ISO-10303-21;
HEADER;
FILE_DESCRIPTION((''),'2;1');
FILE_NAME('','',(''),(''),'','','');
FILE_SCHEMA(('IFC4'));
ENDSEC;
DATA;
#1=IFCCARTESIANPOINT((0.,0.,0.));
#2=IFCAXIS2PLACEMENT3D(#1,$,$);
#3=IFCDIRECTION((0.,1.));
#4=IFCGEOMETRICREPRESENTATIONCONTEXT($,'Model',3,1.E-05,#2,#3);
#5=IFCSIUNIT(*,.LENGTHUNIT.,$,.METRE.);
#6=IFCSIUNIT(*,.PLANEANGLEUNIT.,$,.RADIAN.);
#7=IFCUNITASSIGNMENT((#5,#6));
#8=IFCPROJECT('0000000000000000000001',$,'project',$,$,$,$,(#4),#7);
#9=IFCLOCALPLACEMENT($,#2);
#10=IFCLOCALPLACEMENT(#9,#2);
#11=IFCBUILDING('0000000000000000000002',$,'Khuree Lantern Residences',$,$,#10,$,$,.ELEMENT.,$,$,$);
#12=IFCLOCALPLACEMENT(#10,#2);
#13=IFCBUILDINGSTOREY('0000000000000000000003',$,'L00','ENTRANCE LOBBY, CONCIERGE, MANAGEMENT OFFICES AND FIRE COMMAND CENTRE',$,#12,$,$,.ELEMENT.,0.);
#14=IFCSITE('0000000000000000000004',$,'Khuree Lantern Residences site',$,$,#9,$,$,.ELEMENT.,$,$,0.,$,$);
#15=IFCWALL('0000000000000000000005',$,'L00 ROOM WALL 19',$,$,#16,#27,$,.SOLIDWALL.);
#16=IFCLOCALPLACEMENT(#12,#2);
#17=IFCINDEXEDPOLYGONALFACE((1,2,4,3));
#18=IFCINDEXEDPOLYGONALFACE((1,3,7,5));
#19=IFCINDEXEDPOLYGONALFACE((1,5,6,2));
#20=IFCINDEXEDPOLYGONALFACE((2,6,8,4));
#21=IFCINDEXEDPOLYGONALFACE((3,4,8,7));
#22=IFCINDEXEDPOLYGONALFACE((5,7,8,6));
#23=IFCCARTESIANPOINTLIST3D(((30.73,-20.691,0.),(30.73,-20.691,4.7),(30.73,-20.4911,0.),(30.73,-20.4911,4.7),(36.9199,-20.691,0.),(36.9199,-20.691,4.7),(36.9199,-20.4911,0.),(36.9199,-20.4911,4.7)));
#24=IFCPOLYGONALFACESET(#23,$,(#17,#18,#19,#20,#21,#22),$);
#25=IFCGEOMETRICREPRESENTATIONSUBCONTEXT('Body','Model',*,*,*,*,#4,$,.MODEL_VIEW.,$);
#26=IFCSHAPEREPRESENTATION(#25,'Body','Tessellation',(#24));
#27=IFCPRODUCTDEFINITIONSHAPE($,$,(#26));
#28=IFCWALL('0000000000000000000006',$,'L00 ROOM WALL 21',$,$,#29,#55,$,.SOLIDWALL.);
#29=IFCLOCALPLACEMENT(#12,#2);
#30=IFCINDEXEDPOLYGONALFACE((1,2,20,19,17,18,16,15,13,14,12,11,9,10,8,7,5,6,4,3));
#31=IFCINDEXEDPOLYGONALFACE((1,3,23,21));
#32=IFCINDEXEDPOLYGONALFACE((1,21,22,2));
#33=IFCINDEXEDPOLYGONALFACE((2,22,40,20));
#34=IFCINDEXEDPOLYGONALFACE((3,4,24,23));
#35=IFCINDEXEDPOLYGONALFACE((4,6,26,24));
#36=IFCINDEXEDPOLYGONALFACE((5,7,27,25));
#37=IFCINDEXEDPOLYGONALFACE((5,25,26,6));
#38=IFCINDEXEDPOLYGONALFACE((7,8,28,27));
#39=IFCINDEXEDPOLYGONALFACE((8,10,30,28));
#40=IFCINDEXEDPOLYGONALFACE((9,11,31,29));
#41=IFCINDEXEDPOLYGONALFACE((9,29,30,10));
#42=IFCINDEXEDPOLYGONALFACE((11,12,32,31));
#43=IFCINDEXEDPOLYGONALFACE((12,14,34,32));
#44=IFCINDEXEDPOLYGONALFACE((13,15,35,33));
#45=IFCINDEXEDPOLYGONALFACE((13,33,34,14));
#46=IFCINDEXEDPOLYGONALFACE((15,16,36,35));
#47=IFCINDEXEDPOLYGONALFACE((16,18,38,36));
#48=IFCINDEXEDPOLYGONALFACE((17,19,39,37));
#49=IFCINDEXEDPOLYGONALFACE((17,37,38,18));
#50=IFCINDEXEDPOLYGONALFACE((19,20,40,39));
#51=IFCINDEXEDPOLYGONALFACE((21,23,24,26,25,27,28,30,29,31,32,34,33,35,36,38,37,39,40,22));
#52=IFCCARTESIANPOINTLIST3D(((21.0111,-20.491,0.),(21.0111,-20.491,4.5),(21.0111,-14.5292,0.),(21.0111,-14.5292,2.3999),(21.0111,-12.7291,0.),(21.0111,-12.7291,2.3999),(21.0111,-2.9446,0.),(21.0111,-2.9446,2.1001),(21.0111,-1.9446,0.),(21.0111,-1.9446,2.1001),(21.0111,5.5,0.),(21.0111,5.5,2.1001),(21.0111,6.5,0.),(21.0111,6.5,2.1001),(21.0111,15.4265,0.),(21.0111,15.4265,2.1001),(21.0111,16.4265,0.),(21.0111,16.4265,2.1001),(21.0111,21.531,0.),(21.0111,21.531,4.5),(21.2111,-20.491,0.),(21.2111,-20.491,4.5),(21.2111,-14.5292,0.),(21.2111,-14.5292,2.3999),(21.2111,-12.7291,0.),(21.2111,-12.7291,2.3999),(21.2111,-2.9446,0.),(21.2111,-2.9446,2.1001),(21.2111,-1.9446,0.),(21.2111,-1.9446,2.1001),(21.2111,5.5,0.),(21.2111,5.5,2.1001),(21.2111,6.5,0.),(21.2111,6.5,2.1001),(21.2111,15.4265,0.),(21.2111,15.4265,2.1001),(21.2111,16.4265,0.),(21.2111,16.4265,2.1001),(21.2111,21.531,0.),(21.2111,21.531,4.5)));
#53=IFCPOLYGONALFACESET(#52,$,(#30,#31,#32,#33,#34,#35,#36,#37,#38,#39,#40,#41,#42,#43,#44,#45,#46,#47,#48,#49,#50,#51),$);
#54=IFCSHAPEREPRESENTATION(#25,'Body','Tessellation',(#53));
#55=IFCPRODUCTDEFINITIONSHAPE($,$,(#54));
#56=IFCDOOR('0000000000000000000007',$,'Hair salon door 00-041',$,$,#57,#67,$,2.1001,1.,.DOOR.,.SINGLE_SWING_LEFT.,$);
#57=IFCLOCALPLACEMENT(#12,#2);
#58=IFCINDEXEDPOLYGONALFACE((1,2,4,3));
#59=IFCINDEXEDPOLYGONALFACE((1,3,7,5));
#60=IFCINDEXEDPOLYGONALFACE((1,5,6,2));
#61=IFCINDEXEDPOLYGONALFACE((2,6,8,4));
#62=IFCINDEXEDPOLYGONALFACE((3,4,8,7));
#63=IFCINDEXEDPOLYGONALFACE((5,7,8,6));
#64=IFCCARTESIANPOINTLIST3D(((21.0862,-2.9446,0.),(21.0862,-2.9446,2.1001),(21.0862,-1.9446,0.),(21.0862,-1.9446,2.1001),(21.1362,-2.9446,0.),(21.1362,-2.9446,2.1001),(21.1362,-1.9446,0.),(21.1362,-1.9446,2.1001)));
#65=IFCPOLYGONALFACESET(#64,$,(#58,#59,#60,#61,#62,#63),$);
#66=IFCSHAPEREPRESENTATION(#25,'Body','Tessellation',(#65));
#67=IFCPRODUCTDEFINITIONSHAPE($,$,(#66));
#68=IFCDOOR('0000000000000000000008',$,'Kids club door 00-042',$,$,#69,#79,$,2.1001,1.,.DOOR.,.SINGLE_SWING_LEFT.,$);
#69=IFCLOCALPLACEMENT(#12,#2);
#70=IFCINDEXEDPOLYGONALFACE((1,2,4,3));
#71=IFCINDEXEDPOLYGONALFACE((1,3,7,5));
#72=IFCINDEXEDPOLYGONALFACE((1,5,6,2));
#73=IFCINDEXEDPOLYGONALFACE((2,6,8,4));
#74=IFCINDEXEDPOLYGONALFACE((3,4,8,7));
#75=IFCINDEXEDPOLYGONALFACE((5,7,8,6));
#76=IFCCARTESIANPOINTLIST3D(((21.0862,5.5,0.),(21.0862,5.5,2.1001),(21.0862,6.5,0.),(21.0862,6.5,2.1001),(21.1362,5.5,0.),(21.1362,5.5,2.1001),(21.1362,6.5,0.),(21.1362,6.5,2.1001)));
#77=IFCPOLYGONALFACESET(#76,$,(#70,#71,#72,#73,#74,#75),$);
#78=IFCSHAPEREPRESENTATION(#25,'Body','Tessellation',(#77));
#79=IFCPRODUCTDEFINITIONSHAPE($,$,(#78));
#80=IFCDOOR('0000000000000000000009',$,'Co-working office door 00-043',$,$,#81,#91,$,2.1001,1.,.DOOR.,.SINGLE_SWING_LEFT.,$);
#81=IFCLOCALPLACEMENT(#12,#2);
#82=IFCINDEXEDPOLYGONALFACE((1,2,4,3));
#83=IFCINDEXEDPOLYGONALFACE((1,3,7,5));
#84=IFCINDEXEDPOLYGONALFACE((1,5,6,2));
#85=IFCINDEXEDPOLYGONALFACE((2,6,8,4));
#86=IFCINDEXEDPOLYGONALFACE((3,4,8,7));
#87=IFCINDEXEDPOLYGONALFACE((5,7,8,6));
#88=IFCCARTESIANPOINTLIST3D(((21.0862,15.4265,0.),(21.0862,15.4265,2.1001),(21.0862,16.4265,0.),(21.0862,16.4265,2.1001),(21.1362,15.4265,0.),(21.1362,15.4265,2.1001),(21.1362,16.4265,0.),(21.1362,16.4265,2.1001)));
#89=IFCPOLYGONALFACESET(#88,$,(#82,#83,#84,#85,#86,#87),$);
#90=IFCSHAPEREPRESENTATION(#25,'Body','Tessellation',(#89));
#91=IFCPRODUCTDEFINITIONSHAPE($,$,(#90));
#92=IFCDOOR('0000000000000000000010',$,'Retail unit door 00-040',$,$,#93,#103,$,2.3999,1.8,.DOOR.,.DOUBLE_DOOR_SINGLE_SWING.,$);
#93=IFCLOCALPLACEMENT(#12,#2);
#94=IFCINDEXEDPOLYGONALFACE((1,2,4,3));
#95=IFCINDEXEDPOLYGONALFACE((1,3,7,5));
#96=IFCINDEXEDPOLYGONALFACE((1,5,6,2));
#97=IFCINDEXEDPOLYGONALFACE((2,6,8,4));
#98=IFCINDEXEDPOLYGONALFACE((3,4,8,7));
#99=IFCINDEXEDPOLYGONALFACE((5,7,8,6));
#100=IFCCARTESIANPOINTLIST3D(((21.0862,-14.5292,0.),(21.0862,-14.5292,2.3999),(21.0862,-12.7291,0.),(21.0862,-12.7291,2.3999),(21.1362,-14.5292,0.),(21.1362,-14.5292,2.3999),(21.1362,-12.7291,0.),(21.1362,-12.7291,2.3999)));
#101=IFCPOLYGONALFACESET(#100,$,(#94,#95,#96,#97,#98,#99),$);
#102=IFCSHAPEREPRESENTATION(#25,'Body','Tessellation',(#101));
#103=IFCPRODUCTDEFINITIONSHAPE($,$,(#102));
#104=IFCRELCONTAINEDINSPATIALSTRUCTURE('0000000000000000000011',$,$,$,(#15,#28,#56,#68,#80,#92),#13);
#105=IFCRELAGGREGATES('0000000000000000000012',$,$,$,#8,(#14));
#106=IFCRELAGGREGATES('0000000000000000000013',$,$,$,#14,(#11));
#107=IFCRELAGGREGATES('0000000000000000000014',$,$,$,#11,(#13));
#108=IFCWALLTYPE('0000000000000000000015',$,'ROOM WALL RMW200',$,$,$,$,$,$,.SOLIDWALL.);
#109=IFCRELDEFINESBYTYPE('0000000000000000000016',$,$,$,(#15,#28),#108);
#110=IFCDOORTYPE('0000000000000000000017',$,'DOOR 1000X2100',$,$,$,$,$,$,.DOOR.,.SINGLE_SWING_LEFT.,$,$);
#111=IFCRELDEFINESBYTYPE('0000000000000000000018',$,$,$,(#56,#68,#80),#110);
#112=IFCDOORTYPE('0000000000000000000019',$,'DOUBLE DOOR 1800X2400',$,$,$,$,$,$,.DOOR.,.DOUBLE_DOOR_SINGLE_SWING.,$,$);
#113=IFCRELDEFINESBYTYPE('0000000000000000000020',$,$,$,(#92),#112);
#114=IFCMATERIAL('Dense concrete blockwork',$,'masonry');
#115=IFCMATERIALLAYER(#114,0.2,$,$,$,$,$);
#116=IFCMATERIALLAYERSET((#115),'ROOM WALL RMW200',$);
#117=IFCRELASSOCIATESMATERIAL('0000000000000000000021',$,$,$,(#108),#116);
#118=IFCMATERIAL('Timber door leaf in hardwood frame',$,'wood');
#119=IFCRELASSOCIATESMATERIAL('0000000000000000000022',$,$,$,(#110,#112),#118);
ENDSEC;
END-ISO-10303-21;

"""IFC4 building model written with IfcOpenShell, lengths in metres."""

from ifc_helpers import new_model, si_unit, direction, frame, frame_2d, origin, place, context, subcontext, project, spatial, rectangle, extrude, material, layer, layer_set, type_object, element, fill, save


model = new_model("IFC4")

# Units and contexts
model_context = context("Model", 3, precision=1e-05, world=origin(), true_north=direction((0.0, 1.0)))
body_context = subcontext(model_context, "Body", "Model", "MODEL_VIEW")
ifc_project = project(units=[si_unit("LENGTHUNIT", "METRE"), si_unit("PLANEANGLEUNIT", "RADIAN")], contexts=[model_context])

# Site, building, storey
site_placement = place(None, origin())
site = spatial("IfcSite", under=ifc_project, at=site_placement, Name="Khuree Lantern Residences site", CompositionType="ELEMENT", RefElevation=0.0)
building_placement = place(site_placement, origin())
building = spatial("IfcBuilding", under=site, at=building_placement, Name="Khuree Lantern Residences", CompositionType="ELEMENT")
storey_placement = place(building_placement, origin())
storey = spatial("IfcBuildingStorey", under=building, at=storey_placement, Name="L00", Description="ENTRANCE LOBBY, CONCIERGE, MANAGEMENT OFFICES AND FIRE COMMAND CENTRE", CompositionType="ELEMENT", Elevation=0.0)

# Shared definitions
ifc_material_1 = material(Name="Dense concrete blockwork", Category="masonry")
ifc_layer = layer(ifc_material_1, 0.2)
ifc_layer_set = layer_set([ifc_layer], Name="ROOM WALL RMW200")
wall_type = type_object("IfcWallType", Name="ROOM WALL RMW200", PredefinedType="SOLIDWALL", material=ifc_layer_set)
ifc_material_2 = material(Name="Timber door leaf in hardwood frame", Category="wood")
door_type_1 = type_object("IfcDoorType", Name="DOOR 1000X2100", OperationType="SINGLE_SWING_LEFT", PredefinedType="DOOR", material=ifc_material_2)

# Wall
wall_1_placement = place(storey_placement, frame((30.73, -20.5911, 0.0), z_axis=(0.0, 0.0, 1.0), x_axis=(1.0, 0.0, 0.0)))
element("IfcWall", 1, at=wall_1_placement, inside=storey, type_object=wall_type, Name="L00 ROOM WALL 19", PredefinedType="SOLIDWALL", context=body_context, shape_type="SweptSolid", body=[
    extrude(rectangle(XDim=6.1899, YDim=0.2, at=frame_2d((3.095, 0.0))), origin(), (0.0, 0.0, 1.0), 4.7),
])

# Wall, openings, doors
wall_2_placement = place(storey_placement, frame((21.1111, -20.491, 0.0), z_axis=(0.0, 0.0, 1.0), x_axis=(0.0, 1.0, 0.0)))
wall_2 = element("IfcWall", 2, at=wall_2_placement, inside=storey, type_object=wall_type, Name="L00 ROOM WALL 21", PredefinedType="SOLIDWALL", context=body_context, shape_type="SweptSolid", body=[
    extrude(rectangle(XDim=42.022, YDim=0.2, at=frame_2d((21.011, 0.0))), origin(), (0.0, 0.0, 1.0), 4.5),
])
opening_1_placement = place(wall_2_placement, frame((5.9619, 0.0, 0.0)))
opening_1 = element("IfcOpeningElement", 3, at=opening_1_placement, cuts=wall_2, PredefinedType="OPENING", context=body_context, shape_type="SweptSolid", body=[
    extrude(rectangle(XDim=1.8, YDim=2.3999, at=frame_2d((0.8999, 1.2))), frame((0.0, 0.1099, 0.0), z_axis=(0.0, -1.0, 0.0), x_axis=(1.0, 0.0, 0.0)), (0.0, 0.0, 1.0), 0.22),
])
opening_2_placement = place(wall_2_placement, frame((17.5464, 0.0, 0.0)))
opening_2 = element("IfcOpeningElement", 4, at=opening_2_placement, cuts=wall_2, PredefinedType="OPENING", context=body_context, shape_type="SweptSolid", body=[
    extrude(rectangle(XDim=1.0, YDim=2.1001, at=frame_2d((0.5, 1.05))), frame((0.0, 0.1099, 0.0), z_axis=(0.0, -1.0, 0.0), x_axis=(1.0, 0.0, 0.0)), (0.0, 0.0, 1.0), 0.22),
])
opening_3_placement = place(wall_2_placement, frame((25.991, 0.0, 0.0)))
opening_3 = element("IfcOpeningElement", 5, at=opening_3_placement, cuts=wall_2, PredefinedType="OPENING", context=body_context, shape_type="SweptSolid", body=[
    extrude(rectangle(XDim=1.0, YDim=2.1001, at=frame_2d((0.5, 1.05))), frame((0.0, 0.1099, 0.0), z_axis=(0.0, -1.0, 0.0), x_axis=(1.0, 0.0, 0.0)), (0.0, 0.0, 1.0), 0.22),
])
opening_4_placement = place(wall_2_placement, frame((35.9175, 0.0, 0.0)))
opening_4 = element("IfcOpeningElement", 6, at=opening_4_placement, cuts=wall_2, PredefinedType="OPENING", context=body_context, shape_type="SweptSolid", body=[
    extrude(rectangle(XDim=1.0, YDim=2.1001, at=frame_2d((0.5, 1.05))), frame((0.0, 0.1099, 0.0), z_axis=(0.0, -1.0, 0.0), x_axis=(1.0, 0.0, 0.0)), (0.0, 0.0, 1.0), 0.22),
])
door_1_placement = place(opening_2_placement, origin())
door_1 = element("IfcDoor", 7, at=door_1_placement, inside=storey, type_object=door_type_1, Name="Hair salon door 00-041", OperationType="SINGLE_SWING_LEFT", OverallHeight=2.1001, OverallWidth=1.0, PredefinedType="DOOR", context=body_context, shape_type="SweptSolid", body=[
    extrude(rectangle(XDim=1.0, YDim=2.1001, at=frame_2d((0.5, 1.05))), frame((0.0, 0.0249, 0.0), z_axis=(0.0, -1.0, 0.0), x_axis=(1.0, 0.0, 0.0)), (0.0, 0.0, 1.0), 0.05),
])
fill(opening_2, door_1)
door_2_placement = place(opening_3_placement, origin())
door_2 = element("IfcDoor", 8, at=door_2_placement, inside=storey, type_object=door_type_1, Name="Kids club door 00-042", OperationType="SINGLE_SWING_LEFT", OverallHeight=2.1001, OverallWidth=1.0, PredefinedType="DOOR", context=body_context, shape_type="SweptSolid", body=[
    extrude(rectangle(XDim=1.0, YDim=2.1001, at=frame_2d((0.5, 1.05))), frame((0.0, 0.0249, 0.0), z_axis=(0.0, -1.0, 0.0), x_axis=(1.0, 0.0, 0.0)), (0.0, 0.0, 1.0), 0.05),
])
fill(opening_3, door_2)
door_3_placement = place(opening_4_placement, origin())
door_3 = element("IfcDoor", 9, at=door_3_placement, inside=storey, type_object=door_type_1, Name="Co-working office door 00-043", OperationType="SINGLE_SWING_LEFT", OverallHeight=2.1001, OverallWidth=1.0, PredefinedType="DOOR", context=body_context, shape_type="SweptSolid", body=[
    extrude(rectangle(XDim=1.0, YDim=2.1001, at=frame_2d((0.5, 1.05))), frame((0.0, 0.0249, 0.0), z_axis=(0.0, -1.0, 0.0), x_axis=(1.0, 0.0, 0.0)), (0.0, 0.0, 1.0), 0.05),
])
fill(opening_4, door_3)
door_type_2 = type_object("IfcDoorType", Name="DOUBLE DOOR 1800X2400", OperationType="DOUBLE_DOOR_SINGLE_SWING", PredefinedType="DOOR", material=ifc_material_2)
door_4_placement = place(opening_1_placement, origin())
door_4 = element("IfcDoor", 10, at=door_4_placement, inside=storey, type_object=door_type_2, Name="Retail unit door 00-040", OperationType="DOUBLE_DOOR_SINGLE_SWING", OverallHeight=2.3999, OverallWidth=1.8, PredefinedType="DOOR", context=body_context, shape_type="SweptSolid", body=[
    extrude(rectangle(XDim=1.8, YDim=2.3999, at=frame_2d((0.8999, 1.2))), frame((0.0, 0.0249, 0.0), z_axis=(0.0, -1.0, 0.0), x_axis=(1.0, 0.0, 0.0)), (0.0, 0.0, 1.0), 0.05),
])
fill(opening_1, door_4)

save(model, "model.ifc")
